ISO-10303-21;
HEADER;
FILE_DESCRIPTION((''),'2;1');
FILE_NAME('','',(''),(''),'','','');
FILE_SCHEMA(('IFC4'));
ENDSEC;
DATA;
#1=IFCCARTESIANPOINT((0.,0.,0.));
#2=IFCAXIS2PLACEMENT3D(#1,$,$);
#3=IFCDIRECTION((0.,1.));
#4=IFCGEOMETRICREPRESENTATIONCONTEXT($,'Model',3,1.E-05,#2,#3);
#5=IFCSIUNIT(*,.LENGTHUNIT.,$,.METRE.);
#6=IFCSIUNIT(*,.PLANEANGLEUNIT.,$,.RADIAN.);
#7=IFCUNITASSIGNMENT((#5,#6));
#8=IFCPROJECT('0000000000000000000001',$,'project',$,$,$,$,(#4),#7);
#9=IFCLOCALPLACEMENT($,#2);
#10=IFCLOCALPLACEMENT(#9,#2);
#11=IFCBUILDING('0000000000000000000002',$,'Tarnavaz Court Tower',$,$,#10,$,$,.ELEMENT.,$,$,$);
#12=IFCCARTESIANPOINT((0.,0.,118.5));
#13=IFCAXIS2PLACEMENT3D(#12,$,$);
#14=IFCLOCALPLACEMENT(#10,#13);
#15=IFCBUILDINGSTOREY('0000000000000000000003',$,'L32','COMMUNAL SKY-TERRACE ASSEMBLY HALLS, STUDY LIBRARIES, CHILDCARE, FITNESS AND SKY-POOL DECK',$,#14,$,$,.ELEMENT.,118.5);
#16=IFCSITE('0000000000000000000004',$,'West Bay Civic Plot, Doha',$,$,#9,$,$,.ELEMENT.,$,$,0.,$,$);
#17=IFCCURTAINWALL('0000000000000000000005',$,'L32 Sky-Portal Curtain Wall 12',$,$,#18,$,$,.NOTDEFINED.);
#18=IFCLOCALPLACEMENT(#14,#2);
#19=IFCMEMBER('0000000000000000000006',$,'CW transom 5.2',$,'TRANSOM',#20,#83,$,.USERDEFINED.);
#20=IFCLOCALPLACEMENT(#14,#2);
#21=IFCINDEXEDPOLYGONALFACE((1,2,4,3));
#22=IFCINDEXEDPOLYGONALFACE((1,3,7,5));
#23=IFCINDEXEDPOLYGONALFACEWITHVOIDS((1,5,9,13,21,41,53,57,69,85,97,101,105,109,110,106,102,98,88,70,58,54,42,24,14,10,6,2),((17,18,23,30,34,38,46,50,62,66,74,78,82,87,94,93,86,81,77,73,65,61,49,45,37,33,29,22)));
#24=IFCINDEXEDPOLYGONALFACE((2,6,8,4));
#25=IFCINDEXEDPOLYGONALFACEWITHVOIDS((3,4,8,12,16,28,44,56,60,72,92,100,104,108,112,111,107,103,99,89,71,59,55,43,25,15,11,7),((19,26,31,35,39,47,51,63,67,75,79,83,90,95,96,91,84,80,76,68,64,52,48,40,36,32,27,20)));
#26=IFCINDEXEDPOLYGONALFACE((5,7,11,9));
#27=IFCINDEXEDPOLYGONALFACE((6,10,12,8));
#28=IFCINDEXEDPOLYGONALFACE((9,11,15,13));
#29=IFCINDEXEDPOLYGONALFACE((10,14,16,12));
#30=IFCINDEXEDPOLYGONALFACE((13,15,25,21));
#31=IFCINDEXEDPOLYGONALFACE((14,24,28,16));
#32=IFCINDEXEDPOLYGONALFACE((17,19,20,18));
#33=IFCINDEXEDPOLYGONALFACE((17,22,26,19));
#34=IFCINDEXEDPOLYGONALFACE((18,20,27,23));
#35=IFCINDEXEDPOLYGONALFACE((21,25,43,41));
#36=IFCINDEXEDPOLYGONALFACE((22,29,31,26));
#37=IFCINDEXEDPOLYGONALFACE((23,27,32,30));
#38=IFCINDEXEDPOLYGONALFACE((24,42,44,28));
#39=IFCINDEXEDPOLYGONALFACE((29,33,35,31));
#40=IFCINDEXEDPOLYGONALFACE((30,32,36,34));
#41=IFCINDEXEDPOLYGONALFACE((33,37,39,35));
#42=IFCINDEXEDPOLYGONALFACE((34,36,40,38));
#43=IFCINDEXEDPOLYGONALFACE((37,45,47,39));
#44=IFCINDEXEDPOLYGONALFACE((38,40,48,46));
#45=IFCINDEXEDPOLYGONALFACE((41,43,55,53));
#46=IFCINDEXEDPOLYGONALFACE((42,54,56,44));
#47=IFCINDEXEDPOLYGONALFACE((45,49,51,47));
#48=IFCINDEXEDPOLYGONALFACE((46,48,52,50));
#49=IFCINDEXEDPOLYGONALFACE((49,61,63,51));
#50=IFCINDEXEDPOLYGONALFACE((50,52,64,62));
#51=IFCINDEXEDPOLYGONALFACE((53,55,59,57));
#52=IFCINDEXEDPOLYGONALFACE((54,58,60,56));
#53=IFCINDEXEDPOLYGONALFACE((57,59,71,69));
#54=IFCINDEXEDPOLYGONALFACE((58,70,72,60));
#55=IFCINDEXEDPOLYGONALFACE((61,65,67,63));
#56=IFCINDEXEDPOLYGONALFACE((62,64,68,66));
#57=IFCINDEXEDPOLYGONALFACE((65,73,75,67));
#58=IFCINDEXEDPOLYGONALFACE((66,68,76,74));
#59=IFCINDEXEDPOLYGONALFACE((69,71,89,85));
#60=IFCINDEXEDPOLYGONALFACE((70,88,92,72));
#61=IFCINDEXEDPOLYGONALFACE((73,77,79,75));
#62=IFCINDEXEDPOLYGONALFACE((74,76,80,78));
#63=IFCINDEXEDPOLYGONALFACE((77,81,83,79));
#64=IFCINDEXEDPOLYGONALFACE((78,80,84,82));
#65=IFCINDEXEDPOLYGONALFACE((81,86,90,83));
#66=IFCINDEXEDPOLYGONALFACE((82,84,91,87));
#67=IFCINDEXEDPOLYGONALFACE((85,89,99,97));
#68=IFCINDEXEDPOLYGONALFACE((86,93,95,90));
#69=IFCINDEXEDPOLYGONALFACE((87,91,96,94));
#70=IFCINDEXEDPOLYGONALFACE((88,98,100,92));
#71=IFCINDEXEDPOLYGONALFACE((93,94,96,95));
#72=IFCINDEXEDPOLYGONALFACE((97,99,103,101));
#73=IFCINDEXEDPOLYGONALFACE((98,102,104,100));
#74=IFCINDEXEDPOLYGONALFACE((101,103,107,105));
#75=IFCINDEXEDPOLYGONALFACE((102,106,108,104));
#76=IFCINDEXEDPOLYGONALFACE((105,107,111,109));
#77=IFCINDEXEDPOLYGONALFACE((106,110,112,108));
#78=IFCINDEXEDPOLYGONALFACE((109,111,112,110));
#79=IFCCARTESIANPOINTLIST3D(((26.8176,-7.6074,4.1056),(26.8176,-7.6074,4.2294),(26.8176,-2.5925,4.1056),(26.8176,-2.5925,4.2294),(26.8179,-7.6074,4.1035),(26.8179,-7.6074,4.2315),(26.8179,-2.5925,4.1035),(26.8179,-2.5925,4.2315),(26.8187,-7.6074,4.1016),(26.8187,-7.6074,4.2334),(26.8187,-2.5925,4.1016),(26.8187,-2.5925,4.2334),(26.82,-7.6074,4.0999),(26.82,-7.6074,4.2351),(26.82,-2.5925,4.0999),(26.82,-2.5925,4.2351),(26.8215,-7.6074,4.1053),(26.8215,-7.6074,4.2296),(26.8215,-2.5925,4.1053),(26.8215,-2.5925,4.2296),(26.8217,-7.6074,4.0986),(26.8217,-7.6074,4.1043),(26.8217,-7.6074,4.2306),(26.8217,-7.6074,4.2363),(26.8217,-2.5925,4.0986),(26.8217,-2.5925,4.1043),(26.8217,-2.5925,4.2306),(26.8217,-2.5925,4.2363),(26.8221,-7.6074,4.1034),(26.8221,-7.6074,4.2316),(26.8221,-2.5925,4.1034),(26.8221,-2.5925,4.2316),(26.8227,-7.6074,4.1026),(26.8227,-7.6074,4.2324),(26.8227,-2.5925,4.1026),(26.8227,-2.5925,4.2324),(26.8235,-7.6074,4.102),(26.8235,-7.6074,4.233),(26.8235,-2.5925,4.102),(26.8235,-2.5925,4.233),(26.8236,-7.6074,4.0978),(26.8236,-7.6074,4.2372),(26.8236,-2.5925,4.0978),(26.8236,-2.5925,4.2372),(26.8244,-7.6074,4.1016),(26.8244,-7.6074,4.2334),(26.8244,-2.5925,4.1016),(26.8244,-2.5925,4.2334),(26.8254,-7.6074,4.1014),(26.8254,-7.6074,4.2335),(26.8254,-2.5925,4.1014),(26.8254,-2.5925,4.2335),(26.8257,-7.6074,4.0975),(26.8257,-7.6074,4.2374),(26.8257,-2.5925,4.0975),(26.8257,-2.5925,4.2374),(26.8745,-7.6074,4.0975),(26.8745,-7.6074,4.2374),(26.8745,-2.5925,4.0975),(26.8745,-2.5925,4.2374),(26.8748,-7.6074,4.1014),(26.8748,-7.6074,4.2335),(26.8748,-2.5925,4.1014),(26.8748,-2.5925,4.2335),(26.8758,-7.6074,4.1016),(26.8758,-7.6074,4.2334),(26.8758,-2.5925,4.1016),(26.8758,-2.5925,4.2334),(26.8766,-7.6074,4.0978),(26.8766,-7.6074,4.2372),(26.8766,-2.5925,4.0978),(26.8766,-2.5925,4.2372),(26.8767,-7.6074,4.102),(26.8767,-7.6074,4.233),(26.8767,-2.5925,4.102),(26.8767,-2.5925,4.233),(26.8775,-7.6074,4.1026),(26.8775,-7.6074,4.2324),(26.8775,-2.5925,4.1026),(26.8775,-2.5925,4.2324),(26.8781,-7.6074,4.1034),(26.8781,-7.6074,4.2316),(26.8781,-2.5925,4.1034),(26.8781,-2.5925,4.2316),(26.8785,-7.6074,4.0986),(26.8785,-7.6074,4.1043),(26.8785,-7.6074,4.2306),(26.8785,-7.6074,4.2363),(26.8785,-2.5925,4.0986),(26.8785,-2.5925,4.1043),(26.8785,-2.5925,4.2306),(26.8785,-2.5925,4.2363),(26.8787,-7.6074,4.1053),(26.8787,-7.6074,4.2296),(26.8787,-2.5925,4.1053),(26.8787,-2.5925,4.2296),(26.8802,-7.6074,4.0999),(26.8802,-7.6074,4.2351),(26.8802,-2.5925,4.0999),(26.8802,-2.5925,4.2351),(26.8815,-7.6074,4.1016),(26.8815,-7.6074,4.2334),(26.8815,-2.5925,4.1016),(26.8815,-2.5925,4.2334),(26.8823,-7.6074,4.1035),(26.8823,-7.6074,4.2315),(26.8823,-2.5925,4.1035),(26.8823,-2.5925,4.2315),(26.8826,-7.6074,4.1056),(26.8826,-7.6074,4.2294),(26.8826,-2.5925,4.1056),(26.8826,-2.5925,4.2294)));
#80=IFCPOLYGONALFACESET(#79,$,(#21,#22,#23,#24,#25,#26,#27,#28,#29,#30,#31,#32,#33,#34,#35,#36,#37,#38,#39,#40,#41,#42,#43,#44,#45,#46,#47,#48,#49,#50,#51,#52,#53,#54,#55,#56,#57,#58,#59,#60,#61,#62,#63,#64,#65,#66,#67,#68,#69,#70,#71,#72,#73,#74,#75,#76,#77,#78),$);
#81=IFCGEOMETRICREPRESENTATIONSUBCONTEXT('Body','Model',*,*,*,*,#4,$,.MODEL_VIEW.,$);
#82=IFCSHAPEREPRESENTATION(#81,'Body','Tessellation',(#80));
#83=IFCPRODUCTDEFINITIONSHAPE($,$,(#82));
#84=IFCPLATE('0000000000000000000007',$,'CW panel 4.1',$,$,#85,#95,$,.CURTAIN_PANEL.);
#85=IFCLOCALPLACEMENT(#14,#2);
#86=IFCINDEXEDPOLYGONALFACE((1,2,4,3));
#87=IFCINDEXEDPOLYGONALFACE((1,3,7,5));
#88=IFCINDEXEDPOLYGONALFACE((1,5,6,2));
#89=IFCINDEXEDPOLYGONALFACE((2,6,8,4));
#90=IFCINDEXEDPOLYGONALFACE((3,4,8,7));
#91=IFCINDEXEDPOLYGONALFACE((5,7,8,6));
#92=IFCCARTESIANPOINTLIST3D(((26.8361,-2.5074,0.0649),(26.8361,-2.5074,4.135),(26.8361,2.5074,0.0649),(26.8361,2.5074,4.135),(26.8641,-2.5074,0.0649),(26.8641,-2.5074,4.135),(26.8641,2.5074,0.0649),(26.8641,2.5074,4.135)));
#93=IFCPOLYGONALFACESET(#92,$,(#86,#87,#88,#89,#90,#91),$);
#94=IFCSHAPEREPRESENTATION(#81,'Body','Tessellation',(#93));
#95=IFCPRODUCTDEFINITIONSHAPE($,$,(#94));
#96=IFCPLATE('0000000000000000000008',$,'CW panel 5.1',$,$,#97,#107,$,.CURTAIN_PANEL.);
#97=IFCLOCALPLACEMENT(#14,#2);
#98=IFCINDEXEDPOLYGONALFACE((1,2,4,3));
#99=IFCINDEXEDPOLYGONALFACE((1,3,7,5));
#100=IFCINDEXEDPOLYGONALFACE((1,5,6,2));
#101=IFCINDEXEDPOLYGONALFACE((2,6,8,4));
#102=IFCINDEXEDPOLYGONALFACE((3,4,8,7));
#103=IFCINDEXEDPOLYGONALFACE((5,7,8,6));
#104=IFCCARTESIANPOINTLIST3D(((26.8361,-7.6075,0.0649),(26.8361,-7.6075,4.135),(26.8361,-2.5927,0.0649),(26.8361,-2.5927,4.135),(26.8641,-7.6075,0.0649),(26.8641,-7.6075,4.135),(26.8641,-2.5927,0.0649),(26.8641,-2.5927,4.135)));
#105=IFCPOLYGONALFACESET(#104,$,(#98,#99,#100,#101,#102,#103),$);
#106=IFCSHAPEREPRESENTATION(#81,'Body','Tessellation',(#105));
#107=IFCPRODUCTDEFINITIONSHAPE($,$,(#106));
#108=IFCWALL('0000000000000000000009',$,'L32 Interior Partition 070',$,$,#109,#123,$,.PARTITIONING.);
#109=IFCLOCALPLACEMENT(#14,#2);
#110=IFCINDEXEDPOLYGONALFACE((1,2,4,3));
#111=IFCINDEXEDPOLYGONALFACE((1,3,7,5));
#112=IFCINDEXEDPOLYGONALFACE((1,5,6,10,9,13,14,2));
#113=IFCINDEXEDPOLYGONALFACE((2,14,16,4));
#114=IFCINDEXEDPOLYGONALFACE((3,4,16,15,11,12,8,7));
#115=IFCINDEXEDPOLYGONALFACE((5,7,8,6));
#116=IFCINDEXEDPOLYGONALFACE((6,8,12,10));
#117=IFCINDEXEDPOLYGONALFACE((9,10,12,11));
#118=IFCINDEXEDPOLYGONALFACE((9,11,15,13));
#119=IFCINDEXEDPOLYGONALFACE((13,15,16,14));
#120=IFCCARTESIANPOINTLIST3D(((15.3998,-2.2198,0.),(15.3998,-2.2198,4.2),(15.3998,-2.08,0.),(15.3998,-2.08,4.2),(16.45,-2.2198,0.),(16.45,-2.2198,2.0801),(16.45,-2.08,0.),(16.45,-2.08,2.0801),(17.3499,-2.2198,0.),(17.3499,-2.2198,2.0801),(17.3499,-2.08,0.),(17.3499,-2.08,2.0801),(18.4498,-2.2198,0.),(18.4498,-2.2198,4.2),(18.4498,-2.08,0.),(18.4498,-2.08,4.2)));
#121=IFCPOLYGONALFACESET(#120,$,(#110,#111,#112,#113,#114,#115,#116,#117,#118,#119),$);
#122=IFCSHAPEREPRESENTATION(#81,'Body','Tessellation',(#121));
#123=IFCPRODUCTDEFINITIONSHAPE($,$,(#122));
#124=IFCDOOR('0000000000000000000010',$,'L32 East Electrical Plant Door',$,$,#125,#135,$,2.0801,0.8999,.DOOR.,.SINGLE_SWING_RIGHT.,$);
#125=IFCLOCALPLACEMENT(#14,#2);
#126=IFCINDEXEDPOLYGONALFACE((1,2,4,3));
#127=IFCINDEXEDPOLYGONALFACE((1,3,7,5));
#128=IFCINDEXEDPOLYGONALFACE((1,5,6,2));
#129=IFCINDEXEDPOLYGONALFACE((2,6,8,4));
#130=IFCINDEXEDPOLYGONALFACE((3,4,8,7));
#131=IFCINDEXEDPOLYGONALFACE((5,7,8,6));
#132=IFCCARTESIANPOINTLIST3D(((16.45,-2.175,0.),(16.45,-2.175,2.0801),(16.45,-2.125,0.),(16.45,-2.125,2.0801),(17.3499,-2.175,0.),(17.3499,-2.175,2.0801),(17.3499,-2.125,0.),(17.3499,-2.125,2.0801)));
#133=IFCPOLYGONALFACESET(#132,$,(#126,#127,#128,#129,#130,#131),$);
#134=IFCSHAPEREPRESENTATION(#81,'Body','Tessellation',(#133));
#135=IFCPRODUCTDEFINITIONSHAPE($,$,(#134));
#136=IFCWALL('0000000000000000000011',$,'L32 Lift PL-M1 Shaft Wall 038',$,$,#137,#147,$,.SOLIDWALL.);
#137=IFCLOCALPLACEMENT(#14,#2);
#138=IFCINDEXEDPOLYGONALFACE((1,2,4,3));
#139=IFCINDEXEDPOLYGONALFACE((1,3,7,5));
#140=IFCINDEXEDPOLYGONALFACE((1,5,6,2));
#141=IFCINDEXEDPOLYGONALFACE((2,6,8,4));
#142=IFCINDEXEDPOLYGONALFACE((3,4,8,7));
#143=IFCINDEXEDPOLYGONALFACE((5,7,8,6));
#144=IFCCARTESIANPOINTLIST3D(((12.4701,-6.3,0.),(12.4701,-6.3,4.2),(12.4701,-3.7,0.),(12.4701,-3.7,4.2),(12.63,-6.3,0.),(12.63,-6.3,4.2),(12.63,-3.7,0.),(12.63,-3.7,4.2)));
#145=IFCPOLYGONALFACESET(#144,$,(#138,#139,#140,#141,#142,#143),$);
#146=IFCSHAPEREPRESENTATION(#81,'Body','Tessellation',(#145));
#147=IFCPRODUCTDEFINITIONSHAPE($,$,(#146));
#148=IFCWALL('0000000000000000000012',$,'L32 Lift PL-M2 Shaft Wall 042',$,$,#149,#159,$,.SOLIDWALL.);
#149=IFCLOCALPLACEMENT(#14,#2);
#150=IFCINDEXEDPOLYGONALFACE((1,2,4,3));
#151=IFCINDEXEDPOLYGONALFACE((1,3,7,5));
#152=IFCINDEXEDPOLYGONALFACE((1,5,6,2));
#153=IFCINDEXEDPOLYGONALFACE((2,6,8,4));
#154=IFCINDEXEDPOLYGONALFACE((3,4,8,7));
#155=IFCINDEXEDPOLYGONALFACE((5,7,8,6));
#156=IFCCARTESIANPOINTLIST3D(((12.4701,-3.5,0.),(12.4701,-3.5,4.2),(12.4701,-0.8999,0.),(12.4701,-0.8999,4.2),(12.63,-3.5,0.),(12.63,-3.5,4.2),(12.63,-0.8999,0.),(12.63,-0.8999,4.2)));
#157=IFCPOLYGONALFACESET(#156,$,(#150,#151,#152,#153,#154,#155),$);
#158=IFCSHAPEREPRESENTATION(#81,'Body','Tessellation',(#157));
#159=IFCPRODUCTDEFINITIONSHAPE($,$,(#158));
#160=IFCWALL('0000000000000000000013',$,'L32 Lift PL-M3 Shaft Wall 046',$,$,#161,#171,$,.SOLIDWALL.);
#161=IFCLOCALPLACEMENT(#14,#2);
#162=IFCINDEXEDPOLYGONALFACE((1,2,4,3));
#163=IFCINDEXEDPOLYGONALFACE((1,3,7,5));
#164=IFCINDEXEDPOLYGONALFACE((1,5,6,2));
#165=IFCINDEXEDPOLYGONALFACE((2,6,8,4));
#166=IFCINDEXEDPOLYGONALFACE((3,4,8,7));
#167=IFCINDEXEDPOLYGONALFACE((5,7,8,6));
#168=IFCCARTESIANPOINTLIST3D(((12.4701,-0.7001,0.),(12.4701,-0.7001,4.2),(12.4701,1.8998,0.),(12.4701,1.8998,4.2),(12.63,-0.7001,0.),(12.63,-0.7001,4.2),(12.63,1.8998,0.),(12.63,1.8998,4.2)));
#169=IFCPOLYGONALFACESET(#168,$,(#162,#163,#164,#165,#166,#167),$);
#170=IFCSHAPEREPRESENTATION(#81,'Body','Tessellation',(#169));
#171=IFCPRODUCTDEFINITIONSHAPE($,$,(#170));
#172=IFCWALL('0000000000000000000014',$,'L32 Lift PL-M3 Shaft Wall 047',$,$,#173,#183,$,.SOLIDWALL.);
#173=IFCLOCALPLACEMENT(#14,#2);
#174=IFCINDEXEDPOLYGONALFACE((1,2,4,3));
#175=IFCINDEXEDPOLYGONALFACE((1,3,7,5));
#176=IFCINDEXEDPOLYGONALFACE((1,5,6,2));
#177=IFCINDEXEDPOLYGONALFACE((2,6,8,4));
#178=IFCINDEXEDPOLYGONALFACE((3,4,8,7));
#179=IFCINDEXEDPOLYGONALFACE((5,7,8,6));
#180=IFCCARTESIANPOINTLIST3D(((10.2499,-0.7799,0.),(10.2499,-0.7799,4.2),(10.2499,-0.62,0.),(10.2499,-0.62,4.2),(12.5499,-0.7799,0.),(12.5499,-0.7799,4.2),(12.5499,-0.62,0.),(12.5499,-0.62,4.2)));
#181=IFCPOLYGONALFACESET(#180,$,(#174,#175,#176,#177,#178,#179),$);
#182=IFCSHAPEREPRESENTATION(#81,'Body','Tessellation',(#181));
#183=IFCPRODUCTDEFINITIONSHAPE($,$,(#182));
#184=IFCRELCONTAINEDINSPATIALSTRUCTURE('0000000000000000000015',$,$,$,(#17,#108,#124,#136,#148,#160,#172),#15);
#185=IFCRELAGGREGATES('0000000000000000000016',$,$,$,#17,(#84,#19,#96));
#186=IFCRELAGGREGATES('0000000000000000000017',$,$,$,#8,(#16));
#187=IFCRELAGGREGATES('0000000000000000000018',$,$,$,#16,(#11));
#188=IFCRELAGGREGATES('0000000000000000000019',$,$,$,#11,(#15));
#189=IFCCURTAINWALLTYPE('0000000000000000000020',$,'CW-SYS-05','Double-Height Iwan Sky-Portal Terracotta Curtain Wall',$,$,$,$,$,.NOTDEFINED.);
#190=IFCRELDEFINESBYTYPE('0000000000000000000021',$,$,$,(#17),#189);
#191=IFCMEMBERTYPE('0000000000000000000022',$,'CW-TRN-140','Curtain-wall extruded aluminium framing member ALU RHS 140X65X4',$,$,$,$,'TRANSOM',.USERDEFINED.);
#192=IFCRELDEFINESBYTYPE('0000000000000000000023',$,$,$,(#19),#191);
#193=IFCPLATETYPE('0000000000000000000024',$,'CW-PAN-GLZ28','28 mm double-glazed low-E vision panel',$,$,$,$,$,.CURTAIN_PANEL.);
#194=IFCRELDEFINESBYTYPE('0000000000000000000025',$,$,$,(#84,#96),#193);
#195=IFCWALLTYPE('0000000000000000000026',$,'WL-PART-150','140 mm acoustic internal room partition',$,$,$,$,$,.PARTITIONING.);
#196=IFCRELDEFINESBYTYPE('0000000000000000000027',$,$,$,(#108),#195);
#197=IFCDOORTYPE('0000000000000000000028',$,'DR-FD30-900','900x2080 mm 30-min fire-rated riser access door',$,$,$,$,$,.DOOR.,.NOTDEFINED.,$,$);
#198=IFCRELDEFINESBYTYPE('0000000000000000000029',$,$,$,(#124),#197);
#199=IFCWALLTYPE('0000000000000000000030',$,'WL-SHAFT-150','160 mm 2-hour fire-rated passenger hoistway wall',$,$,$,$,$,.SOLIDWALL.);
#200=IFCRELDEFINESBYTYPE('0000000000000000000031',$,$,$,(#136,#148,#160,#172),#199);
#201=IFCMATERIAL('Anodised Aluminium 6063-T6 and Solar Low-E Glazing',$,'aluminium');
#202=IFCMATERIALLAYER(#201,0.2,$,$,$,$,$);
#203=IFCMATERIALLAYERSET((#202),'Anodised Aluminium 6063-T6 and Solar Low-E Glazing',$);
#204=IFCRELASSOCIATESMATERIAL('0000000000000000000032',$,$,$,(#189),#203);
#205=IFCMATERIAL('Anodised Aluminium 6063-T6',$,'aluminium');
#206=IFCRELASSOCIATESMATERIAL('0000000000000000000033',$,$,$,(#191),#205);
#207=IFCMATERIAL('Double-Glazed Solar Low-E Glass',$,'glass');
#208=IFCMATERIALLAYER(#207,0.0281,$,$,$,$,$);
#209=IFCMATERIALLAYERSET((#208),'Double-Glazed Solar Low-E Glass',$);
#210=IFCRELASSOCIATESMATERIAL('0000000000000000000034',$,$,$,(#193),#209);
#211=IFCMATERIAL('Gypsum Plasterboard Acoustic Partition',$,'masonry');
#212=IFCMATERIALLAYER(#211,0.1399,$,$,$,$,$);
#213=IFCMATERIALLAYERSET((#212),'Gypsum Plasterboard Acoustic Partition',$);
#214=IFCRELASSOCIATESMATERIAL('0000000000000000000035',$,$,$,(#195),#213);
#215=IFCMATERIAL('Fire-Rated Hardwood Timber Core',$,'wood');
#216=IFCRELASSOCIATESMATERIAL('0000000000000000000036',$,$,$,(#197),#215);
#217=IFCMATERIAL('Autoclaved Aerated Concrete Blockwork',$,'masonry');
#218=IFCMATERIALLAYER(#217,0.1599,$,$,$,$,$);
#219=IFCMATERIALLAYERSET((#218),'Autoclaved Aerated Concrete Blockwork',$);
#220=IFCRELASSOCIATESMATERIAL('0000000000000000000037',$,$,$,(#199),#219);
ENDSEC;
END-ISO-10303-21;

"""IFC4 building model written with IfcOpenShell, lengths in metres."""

from ifc_helpers import new_model, si_unit, direction, frame, frame_2d, origin, origin_2d, place, context, subcontext, project, spatial, rectangle, hollow_rectangle, extrude, material, layer, layer_set, material_profile, profile_set, type_object, element, fill, aggregate, save


model = new_model("IFC4")

# Units and contexts
model_context = context("Model", 3, precision=1e-05, world=origin(), true_north=direction((0.0, 1.0)))
body_context = subcontext(model_context, "Body", "Model", "MODEL_VIEW")
ifc_project = project(units=[si_unit("LENGTHUNIT", "METRE"), si_unit("PLANEANGLEUNIT", "RADIAN")], contexts=[model_context])

# Site, building, storey
site_placement = place(None, origin())
site = spatial("IfcSite", under=ifc_project, at=site_placement, Name="West Bay Civic Plot, Doha", CompositionType="ELEMENT", RefElevation=0.0)
building_placement = place(site_placement, origin())
building = spatial("IfcBuilding", under=site, at=building_placement, Name="Tarnavaz Court Tower", CompositionType="ELEMENT")
storey_placement = place(building_placement, frame((0.0, 0.0, 118.5)))
storey = spatial("IfcBuildingStorey", under=building, at=storey_placement, Name="L32", Description="COMMUNAL SKY-TERRACE ASSEMBLY HALLS, STUDY LIBRARIES, CHILDCARE, FITNESS AND SKY-POOL DECK", CompositionType="ELEMENT", Elevation=118.5)

# Curtain wall, member, plates
ifc_material_1 = material(Name="Anodised Aluminium 6063-T6 and Solar Low-E Glazing", Category="aluminium")
ifc_layer_1 = layer(ifc_material_1, 0.2)
ifc_layer_set_1 = layer_set([ifc_layer_1], Name="Anodised Aluminium 6063-T6 and Solar Low-E Glazing")
curtain_wall_type = type_object("IfcCurtainWallType", Name="CW-SYS-05", Description="Double-Height Iwan Sky-Portal Terracotta Curtain Wall", PredefinedType="NOTDEFINED", material=ifc_layer_set_1)
curtain_wall_placement = place(storey_placement, origin())
curtain_wall = element("IfcCurtainWall", 1, at=curtain_wall_placement, inside=storey, type_object=curtain_wall_type, Name="L32 Sky-Portal Curtain Wall 12", PredefinedType="NOTDEFINED")
ifc_material_2 = material(Name="Anodised Aluminium 6063-T6", Category="aluminium")
ifc_material_profile_1 = material_profile(ifc_material_2, hollow_rectangle(XDim=0.0649, YDim=0.1399, WallThickness=0.0039, InnerFilletRadius=0.0039, OuterFilletRadius=0.0081, at=origin_2d()), Name="ALU RHS 140X65X4")
ifc_profile_set_1 = profile_set([ifc_material_profile_1], Name="Anodised Aluminium 6063-T6")
member_type_1 = type_object("IfcMemberType", Name="CW-TRN-140", Description="Curtain-wall extruded aluminium framing member ALU RHS 140X65X4", ElementType="TRANSOM", PredefinedType="USERDEFINED", material=ifc_profile_set_1)
member_1_placement = place(storey_placement, frame((26.8501, -2.5925, 4.1675), z_axis=(0.0, -1.0, 0.0), x_axis=(1.0, 0.0, 0.0)))
member_1 = element("IfcMember", 2, at=member_1_placement, type_object=member_type_1, Name="CW transom 5.2", ObjectType="TRANSOM", PredefinedType="USERDEFINED", context=body_context, shape_type="SweptSolid", body=[
    extrude(hollow_rectangle(XDim=0.0649, YDim=0.1399, WallThickness=0.0039, InnerFilletRadius=0.0039, OuterFilletRadius=0.0081, at=origin_2d()), origin(), (0.0, 0.0, 1.0), 5.0149),
])
ifc_material_3 = material(Name="Double-Glazed Solar Low-E Glass", Category="glass")
ifc_layer_2 = layer(ifc_material_3, 0.0281)
ifc_layer_set_2 = layer_set([ifc_layer_2], Name="Double-Glazed Solar Low-E Glass")
plate_type = type_object("IfcPlateType", Name="CW-PAN-GLZ28", Description="28 mm double-glazed low-E vision panel", PredefinedType="CURTAIN_PANEL", material=ifc_layer_set_2)
plate_1_placement = place(storey_placement, frame((26.8501, 0.0, 0.0649), z_axis=(0.0, 0.0, 1.0), x_axis=(0.0, -1.0, 0.0)))
plate_1 = element("IfcPlate", 3, at=plate_1_placement, type_object=plate_type, Name="CW panel 4.1", PredefinedType="CURTAIN_PANEL", context=body_context, shape_type="SweptSolid", body=[
    extrude(rectangle(XDim=5.0149, YDim=0.0281, at=origin_2d()), origin(), (0.0, 0.0, 1.0), 4.0701),
])
plate_2_placement = place(storey_placement, frame((26.8501, -5.1001, 0.0649), z_axis=(0.0, 0.0, 1.0), x_axis=(0.0, -1.0, 0.0)))
plate_2 = element("IfcPlate", 4, at=plate_2_placement, type_object=plate_type, Name="CW panel 5.1", PredefinedType="CURTAIN_PANEL", context=body_context, shape_type="SweptSolid", body=[
    extrude(rectangle(XDim=5.0149, YDim=0.0281, at=origin_2d()), origin(), (0.0, 0.0, 1.0), 4.0701),
])
aggregate(curtain_wall, [plate_1, member_1, plate_2])

# Wall, opening, door
ifc_material_4 = material(Name="Gypsum Plasterboard Acoustic Partition", Category="masonry")
ifc_layer_3 = layer(ifc_material_4, 0.1399)
ifc_layer_set_3 = layer_set([ifc_layer_3], Name="Gypsum Plasterboard Acoustic Partition")
wall_type_1 = type_object("IfcWallType", Name="WL-PART-150", Description="140 mm acoustic internal room partition", PredefinedType="PARTITIONING", material=ifc_layer_set_3)
wall_1_placement = place(storey_placement, frame((15.3999, -2.1499, 0.0), z_axis=(0.0, 0.0, 1.0), x_axis=(1.0, 0.0, 0.0)))
wall_1 = element("IfcWall", 5, at=wall_1_placement, inside=storey, type_object=wall_type_1, Name="L32 Interior Partition 070", PredefinedType="PARTITIONING", context=body_context, shape_type="SweptSolid", body=[
    extrude(rectangle(XDim=3.05, YDim=0.1399, at=frame_2d((1.5249, 0.0))), origin(), (0.0, 0.0, 1.0), 4.2),
])
opening_placement = place(wall_1_placement, frame((1.05, 0.0, 0.0)))
opening = element("IfcOpeningElement", 6, at=opening_placement, cuts=wall_1, PredefinedType="OPENING", context=body_context, shape_type="SweptSolid", body=[
    extrude(rectangle(XDim=0.8999, YDim=2.0801, at=frame_2d((0.45, 1.04))), frame((0.0, 0.0798, 0.0), z_axis=(0.0, -1.0, 0.0), x_axis=(1.0, 0.0, 0.0)), (0.0, 0.0, 1.0), 0.1599),
])
ifc_material_5 = material(Name="Fire-Rated Hardwood Timber Core", Category="wood")
door_type = type_object("IfcDoorType", Name="DR-FD30-900", Description="900x2080 mm 30-min fire-rated riser access door", OperationType="NOTDEFINED", PredefinedType="DOOR", material=ifc_material_5)
door_placement = place(opening_placement, origin())
door = element("IfcDoor", 7, at=door_placement, inside=storey, type_object=door_type, Name="L32 East Electrical Plant Door", OperationType="SINGLE_SWING_RIGHT", OverallHeight=2.0801, OverallWidth=0.8999, PredefinedType="DOOR", context=body_context, shape_type="SweptSolid", body=[
    extrude(rectangle(XDim=0.8999, YDim=2.0801, at=frame_2d((0.45, 1.04))), frame((0.0, 0.0249, 0.0), z_axis=(0.0, -1.0, 0.0), x_axis=(1.0, 0.0, 0.0)), (0.0, 0.0, 1.0), 0.05),
])
fill(opening, door)

# Walls
ifc_material_6 = material(Name="Autoclaved Aerated Concrete Blockwork", Category="masonry")
ifc_layer_4 = layer(ifc_material_6, 0.1599)
ifc_layer_set_4 = layer_set([ifc_layer_4], Name="Autoclaved Aerated Concrete Blockwork")
wall_type_2 = type_object("IfcWallType", Name="WL-SHAFT-150", Description="160 mm 2-hour fire-rated passenger hoistway wall", PredefinedType="SOLIDWALL", material=ifc_layer_set_4)
for number, where, z_axis, x_axis, name in (
    (8, (12.55, -6.3, 0.0), (0.0, 0.0, 1.0), (0.0, 1.0, 0.0), "L32 Lift PL-M1 Shaft Wall 038"),
    (9, (12.55, -3.5, 0.0), (0.0, 0.0, 1.0), (0.0, 1.0, 0.0), "L32 Lift PL-M2 Shaft Wall 042"),
):
    element("IfcWall", number, at=place(storey_placement, frame(where, z_axis=z_axis, x_axis=x_axis)), inside=storey, type_object=wall_type_2, Name=name, PredefinedType="SOLIDWALL", context=body_context, shape_type="SweptSolid", body=[
        extrude(rectangle(XDim=2.6001, YDim=0.1599, at=frame_2d((1.3, 0.0))), origin(), (0.0, 0.0, 1.0), 4.2),
    ])
wall_2_placement = place(storey_placement, frame((12.55, -0.7, 0.0), z_axis=(0.0, 0.0, 1.0), x_axis=(0.0, 1.0, 0.0)))
element("IfcWall", 10, at=wall_2_placement, inside=storey, type_object=wall_type_2, Name="L32 Lift PL-M3 Shaft Wall 046", PredefinedType="SOLIDWALL", context=body_context, shape_type="SweptSolid", body=[
    extrude(rectangle(XDim=2.5999, YDim=0.1599, at=frame_2d((1.2998, 0.0))), origin(), (0.0, 0.0, 1.0), 4.2),
])
wall_3_placement = place(storey_placement, frame((10.25, -0.7, 0.0), z_axis=(0.0, 0.0, 1.0), x_axis=(1.0, 0.0, 0.0)))
element("IfcWall", 11, at=wall_3_placement, inside=storey, type_object=wall_type_2, Name="L32 Lift PL-M3 Shaft Wall 047", PredefinedType="SOLIDWALL", context=body_context, shape_type="SweptSolid", body=[
    extrude(rectangle(XDim=2.3, YDim=0.1599, at=frame_2d((1.1499, 0.0))), origin(), (0.0, 0.0, 1.0), 4.2),
])

save(model, "model.ifc")
